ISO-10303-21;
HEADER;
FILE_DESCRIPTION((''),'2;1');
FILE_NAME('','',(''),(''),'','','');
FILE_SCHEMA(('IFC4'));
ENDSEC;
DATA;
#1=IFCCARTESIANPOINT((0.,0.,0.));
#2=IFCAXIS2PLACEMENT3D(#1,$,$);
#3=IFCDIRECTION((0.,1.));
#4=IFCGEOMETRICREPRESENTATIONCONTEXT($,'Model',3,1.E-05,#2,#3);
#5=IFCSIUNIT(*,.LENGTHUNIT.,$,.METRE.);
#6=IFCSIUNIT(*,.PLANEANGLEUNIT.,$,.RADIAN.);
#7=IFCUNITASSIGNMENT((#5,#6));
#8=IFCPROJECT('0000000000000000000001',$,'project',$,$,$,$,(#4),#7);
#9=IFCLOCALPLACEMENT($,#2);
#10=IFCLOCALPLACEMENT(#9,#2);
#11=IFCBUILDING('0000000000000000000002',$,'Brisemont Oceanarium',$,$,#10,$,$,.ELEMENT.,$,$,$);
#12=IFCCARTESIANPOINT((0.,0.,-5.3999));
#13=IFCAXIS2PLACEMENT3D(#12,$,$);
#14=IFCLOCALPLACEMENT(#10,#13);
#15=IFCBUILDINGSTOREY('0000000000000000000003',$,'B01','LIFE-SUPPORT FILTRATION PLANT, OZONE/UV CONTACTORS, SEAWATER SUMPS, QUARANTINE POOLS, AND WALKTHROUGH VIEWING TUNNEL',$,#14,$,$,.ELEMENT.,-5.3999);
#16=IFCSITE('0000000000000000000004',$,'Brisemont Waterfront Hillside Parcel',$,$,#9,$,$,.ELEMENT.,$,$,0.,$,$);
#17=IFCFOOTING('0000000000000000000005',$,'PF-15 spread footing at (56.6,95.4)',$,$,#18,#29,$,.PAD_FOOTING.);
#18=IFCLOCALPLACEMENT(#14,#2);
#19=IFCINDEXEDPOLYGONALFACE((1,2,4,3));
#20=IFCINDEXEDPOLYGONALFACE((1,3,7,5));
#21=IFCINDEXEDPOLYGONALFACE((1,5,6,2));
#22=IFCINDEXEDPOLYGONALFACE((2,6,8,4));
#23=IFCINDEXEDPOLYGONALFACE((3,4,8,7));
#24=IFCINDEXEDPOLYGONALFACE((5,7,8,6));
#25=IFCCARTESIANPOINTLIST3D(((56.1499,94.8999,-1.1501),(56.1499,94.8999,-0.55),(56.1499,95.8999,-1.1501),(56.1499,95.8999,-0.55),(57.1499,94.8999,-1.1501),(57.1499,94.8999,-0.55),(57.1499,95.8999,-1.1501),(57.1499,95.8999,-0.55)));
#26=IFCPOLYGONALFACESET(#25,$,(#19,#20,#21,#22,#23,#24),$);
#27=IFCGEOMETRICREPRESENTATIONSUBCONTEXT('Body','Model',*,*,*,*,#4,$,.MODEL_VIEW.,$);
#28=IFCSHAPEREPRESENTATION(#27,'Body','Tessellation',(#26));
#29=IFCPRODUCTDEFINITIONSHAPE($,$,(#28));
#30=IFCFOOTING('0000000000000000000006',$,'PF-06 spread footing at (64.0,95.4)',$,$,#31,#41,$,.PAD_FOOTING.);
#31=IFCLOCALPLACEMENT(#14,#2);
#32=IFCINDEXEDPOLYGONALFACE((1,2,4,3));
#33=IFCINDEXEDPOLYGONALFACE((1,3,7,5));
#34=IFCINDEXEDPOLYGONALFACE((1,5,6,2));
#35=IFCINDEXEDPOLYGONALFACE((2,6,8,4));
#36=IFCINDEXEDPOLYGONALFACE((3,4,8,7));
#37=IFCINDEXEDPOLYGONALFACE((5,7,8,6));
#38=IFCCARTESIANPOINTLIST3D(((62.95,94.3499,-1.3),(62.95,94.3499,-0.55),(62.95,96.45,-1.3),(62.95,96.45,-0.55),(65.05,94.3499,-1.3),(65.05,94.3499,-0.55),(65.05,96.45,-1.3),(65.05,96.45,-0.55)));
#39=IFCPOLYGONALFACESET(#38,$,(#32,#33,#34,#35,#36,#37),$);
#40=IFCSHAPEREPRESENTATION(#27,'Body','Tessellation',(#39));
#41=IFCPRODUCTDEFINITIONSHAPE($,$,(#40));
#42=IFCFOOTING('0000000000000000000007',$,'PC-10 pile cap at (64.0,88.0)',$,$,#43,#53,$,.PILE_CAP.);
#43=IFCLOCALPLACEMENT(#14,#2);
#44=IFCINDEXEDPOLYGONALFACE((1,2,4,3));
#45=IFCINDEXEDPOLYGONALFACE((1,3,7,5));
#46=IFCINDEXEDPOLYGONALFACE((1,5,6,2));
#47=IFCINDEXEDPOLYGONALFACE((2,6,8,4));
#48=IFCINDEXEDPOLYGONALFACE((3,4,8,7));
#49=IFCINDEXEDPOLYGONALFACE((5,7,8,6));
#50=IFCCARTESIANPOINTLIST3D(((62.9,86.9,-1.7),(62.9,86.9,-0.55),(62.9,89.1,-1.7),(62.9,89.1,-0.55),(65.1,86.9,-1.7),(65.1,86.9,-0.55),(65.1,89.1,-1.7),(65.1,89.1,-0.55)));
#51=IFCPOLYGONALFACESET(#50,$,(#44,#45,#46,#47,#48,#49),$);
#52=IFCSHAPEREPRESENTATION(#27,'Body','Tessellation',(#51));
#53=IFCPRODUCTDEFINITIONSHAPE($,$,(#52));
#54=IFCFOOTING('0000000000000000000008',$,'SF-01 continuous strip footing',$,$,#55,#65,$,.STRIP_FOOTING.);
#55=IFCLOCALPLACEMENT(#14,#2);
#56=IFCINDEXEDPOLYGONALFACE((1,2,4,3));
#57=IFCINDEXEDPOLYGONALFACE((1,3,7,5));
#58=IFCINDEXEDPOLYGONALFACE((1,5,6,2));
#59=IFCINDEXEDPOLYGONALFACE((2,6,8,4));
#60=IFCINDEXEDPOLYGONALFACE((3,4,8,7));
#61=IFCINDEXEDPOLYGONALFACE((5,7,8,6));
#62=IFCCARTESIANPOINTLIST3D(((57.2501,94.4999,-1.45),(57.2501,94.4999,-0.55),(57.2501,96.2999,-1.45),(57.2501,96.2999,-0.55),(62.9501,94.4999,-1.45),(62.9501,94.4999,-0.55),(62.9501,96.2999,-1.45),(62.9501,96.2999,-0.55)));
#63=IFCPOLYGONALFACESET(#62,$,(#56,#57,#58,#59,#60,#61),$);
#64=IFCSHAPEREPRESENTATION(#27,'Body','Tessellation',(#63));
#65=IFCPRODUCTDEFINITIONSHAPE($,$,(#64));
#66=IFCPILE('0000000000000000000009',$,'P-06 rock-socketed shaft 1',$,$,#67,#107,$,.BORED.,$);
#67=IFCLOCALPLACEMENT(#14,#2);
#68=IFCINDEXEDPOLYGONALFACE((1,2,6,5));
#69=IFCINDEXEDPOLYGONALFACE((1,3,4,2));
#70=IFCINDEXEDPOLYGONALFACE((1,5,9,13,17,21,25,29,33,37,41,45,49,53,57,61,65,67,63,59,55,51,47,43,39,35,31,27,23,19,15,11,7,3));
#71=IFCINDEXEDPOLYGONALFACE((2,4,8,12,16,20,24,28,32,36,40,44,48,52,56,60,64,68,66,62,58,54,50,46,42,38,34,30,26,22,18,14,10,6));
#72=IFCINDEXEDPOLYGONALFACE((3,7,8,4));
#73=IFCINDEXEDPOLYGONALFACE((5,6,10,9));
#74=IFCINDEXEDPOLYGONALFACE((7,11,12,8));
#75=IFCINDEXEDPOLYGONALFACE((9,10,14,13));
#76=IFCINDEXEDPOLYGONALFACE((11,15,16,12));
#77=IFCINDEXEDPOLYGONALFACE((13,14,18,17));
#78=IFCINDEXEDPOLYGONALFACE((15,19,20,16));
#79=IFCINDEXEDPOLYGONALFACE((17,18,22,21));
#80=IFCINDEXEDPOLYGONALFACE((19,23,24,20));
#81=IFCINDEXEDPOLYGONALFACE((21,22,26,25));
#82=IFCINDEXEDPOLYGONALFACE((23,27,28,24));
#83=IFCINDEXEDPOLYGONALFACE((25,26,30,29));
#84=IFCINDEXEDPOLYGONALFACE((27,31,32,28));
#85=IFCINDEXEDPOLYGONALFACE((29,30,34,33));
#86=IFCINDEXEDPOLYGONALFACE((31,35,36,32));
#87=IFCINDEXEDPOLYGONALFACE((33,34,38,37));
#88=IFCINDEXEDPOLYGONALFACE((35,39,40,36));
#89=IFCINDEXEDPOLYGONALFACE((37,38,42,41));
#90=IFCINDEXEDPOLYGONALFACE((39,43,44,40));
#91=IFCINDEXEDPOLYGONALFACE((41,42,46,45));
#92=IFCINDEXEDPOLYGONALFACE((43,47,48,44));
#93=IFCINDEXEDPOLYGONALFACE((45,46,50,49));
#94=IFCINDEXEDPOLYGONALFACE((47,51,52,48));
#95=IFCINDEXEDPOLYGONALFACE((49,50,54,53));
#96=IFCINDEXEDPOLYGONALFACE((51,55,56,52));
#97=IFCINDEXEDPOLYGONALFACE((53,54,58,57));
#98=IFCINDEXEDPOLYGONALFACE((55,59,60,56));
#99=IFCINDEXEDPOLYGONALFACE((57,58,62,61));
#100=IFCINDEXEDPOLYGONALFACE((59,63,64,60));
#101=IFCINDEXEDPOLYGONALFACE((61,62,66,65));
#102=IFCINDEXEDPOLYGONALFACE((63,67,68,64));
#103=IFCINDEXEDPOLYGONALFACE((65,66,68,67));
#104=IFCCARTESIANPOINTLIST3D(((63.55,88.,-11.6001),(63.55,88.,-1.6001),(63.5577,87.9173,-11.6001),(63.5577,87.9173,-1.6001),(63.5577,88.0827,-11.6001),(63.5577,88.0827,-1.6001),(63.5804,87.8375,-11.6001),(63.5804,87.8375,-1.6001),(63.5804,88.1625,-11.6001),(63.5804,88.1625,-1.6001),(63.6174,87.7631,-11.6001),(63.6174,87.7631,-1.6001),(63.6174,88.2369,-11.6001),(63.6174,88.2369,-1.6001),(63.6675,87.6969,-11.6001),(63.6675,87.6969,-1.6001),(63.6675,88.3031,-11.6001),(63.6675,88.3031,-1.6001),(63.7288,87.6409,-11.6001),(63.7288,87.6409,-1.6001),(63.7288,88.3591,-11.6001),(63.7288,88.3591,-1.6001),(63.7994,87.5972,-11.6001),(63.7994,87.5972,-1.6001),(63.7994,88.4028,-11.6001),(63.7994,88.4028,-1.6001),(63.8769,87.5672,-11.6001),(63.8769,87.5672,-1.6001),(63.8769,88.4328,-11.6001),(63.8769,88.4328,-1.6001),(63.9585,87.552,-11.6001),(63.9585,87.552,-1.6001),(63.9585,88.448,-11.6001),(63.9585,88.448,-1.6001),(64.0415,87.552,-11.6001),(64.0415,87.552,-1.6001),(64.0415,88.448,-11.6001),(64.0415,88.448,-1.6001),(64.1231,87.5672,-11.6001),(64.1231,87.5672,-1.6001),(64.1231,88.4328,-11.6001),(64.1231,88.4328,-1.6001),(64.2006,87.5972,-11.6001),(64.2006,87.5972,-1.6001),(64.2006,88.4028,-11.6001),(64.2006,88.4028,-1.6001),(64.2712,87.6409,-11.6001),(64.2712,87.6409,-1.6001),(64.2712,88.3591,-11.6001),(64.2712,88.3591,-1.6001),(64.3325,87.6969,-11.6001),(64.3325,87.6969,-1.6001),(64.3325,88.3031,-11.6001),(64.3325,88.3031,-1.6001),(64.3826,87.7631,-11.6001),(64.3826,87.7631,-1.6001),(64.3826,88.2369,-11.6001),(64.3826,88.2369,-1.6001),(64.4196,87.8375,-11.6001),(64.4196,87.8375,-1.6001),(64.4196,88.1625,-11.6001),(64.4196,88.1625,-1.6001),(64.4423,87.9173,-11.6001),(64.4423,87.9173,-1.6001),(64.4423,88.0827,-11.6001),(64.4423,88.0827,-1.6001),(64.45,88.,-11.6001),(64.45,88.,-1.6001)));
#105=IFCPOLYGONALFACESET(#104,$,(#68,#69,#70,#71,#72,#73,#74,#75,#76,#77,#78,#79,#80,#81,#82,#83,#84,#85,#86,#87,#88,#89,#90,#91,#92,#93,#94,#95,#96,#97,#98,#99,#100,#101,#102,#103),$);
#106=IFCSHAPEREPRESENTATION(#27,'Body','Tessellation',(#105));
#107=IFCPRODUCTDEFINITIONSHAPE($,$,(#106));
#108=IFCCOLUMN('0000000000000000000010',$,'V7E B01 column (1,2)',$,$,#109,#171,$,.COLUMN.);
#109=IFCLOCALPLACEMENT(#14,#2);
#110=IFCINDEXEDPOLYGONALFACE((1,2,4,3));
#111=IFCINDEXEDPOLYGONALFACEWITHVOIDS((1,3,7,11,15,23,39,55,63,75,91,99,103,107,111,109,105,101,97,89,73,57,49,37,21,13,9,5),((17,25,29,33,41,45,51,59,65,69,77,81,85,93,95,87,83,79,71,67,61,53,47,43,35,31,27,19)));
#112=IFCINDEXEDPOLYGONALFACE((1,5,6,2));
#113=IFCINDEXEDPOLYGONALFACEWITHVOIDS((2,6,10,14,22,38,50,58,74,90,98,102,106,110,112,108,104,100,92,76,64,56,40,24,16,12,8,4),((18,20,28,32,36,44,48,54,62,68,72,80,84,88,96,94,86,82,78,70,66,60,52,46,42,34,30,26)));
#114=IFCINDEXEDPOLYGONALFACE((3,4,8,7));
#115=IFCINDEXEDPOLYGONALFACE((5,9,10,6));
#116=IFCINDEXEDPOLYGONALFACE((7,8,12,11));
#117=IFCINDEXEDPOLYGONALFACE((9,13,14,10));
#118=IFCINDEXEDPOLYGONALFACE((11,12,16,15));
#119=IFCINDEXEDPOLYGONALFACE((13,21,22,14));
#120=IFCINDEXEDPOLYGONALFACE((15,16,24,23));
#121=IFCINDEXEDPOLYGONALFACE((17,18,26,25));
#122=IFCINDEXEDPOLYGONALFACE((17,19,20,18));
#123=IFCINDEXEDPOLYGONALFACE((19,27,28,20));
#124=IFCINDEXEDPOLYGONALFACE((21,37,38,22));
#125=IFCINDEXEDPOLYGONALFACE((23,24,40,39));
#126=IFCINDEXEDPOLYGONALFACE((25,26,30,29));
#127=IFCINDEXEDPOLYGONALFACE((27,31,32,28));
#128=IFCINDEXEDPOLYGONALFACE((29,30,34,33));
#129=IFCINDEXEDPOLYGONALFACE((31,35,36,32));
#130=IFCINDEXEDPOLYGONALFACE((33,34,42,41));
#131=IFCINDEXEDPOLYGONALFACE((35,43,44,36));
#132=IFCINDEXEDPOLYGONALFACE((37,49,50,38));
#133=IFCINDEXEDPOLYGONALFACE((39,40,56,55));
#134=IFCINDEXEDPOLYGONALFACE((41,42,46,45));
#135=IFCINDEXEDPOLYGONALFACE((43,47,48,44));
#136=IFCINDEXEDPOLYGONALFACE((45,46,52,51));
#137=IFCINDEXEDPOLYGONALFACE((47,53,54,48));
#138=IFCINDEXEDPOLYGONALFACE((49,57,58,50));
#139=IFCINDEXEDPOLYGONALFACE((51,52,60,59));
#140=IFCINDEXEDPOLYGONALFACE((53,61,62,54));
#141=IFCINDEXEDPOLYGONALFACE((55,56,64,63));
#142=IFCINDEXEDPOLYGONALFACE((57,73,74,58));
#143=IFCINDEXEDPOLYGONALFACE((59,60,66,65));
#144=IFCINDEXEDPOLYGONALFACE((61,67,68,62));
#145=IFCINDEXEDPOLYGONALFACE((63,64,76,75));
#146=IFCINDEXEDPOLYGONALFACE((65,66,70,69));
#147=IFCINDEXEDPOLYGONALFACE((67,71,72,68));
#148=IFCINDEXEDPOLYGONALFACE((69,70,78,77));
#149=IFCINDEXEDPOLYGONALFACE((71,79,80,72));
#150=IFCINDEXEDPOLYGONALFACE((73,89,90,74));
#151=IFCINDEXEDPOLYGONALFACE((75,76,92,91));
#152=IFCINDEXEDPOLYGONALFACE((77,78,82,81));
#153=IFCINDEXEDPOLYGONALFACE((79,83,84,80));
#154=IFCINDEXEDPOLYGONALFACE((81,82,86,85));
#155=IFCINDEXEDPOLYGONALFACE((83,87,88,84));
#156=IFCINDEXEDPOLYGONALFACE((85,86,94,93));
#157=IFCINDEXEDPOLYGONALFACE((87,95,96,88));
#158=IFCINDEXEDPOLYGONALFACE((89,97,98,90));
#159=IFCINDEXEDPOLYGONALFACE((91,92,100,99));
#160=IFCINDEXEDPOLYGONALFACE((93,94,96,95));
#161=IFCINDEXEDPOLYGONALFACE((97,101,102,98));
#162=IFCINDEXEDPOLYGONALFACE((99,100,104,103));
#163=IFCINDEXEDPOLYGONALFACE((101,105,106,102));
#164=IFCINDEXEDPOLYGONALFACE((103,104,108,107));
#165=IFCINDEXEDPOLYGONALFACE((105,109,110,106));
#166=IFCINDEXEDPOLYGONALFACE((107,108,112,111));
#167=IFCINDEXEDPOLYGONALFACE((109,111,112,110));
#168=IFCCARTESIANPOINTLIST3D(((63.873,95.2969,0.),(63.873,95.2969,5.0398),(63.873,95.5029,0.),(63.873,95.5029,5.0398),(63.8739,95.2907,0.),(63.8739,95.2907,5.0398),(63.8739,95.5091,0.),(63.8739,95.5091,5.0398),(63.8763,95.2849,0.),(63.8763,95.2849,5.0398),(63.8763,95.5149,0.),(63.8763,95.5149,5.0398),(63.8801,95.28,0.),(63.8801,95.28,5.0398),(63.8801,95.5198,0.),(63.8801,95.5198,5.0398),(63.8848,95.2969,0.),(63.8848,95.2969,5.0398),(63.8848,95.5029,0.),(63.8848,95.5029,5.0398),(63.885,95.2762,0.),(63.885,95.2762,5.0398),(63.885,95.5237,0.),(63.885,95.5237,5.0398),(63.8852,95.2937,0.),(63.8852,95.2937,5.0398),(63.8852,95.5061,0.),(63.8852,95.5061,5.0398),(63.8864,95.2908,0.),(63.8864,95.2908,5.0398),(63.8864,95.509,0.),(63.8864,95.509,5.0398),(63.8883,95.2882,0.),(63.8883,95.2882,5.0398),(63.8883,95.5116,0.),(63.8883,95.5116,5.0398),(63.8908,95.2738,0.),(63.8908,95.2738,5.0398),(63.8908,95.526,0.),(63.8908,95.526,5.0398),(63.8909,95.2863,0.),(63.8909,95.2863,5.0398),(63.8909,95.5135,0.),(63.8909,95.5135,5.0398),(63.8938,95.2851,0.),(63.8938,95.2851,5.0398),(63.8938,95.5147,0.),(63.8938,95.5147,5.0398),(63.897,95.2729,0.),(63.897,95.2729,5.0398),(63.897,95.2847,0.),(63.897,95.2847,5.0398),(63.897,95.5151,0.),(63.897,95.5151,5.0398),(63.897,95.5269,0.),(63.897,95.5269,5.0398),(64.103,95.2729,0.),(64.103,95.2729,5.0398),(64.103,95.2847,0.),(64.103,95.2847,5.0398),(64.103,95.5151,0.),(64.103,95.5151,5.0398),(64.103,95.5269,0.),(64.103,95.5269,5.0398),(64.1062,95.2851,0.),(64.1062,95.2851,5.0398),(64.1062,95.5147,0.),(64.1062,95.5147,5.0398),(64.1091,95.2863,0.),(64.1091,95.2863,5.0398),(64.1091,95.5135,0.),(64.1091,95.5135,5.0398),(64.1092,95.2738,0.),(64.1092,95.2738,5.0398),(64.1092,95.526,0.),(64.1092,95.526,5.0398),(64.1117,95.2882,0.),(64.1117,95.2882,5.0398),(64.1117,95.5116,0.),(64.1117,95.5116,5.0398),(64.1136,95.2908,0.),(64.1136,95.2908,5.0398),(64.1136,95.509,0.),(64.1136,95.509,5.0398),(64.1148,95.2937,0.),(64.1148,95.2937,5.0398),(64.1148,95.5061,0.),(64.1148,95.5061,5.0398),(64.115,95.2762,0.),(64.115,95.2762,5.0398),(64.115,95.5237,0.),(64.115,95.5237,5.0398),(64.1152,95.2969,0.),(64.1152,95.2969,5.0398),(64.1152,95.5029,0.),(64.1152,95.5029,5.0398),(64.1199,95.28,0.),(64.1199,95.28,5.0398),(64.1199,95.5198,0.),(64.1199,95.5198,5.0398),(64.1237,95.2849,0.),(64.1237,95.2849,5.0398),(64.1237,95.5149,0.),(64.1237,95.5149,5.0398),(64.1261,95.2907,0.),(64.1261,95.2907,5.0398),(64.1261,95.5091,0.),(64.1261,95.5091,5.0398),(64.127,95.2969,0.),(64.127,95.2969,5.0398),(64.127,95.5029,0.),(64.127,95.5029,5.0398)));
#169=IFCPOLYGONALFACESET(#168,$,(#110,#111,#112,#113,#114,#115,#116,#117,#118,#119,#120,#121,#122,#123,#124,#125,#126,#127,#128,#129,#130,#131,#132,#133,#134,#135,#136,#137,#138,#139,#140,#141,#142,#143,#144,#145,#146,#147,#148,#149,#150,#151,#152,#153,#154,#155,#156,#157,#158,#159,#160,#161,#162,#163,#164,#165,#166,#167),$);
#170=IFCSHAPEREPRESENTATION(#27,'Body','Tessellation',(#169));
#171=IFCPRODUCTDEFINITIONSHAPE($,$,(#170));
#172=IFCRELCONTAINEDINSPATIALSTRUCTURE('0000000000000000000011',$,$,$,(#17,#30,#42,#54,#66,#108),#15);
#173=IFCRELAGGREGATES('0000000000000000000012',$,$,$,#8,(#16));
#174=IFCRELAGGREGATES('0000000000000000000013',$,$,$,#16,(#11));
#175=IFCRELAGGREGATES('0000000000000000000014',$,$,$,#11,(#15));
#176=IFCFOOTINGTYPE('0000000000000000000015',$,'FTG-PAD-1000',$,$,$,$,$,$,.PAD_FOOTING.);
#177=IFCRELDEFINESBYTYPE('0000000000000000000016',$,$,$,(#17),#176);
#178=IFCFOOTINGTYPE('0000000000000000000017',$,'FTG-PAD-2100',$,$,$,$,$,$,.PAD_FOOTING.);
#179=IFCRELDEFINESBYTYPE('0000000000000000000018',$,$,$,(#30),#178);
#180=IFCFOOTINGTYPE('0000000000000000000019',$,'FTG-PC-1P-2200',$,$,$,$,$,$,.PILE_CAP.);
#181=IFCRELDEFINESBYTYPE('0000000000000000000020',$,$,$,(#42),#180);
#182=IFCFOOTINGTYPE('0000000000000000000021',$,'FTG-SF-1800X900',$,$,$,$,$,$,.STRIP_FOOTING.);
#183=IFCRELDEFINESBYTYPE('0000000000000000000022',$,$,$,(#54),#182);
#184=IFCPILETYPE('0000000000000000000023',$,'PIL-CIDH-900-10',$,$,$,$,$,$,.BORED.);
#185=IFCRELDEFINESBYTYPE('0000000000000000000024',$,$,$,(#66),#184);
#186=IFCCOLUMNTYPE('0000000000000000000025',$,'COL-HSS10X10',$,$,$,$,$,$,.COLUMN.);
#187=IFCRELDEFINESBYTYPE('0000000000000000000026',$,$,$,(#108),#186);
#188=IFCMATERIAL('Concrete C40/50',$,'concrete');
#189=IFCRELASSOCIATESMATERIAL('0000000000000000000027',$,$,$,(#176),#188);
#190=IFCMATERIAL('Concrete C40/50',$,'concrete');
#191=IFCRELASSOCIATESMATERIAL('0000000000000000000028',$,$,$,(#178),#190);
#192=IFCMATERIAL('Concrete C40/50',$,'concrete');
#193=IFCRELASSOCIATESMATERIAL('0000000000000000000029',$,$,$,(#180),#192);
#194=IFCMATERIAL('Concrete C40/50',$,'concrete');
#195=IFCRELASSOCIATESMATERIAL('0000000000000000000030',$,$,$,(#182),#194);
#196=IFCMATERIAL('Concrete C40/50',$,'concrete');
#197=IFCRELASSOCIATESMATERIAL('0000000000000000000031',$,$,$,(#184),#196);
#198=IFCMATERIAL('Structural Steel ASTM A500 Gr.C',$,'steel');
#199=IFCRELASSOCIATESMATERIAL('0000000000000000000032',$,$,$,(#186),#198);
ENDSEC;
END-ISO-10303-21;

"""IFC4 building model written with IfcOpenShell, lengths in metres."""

from ifc_helpers import new_model, si_unit, direction, frame, origin, origin_2d, place, context, subcontext, project, spatial, rectangle, hollow_rectangle, circle, extrude, material, material_profile, profile_set, type_object, element, save


model = new_model("IFC4")

# Units and contexts
model_context = context("Model", 3, precision=1e-05, world=origin(), true_north=direction((0.0, 1.0)))
body_context = subcontext(model_context, "Body", "Model", "MODEL_VIEW")
ifc_project = project(units=[si_unit("LENGTHUNIT", "METRE"), si_unit("PLANEANGLEUNIT", "RADIAN")], contexts=[model_context])

# Site, building, storey
site_placement = place(None, origin())
site = spatial("IfcSite", under=ifc_project, at=site_placement, Name="Brisemont Waterfront Hillside Parcel", CompositionType="ELEMENT", RefElevation=0.0)
building_placement = place(site_placement, origin())
building = spatial("IfcBuilding", under=site, at=building_placement, Name="Brisemont Oceanarium", CompositionType="ELEMENT")
storey_placement = place(building_placement, frame((0.0, 0.0, -5.3999)))
storey = spatial("IfcBuildingStorey", under=building, at=storey_placement, Name="B01", Description="LIFE-SUPPORT FILTRATION PLANT, OZONE/UV CONTACTORS, SEAWATER SUMPS, QUARANTINE POOLS, AND WALKTHROUGH VIEWING TUNNEL", CompositionType="ELEMENT", Elevation=-5.3999)

# Footings
ifc_material_1 = material(Name="Concrete C40/50", Category="concrete")
footing_type_1 = type_object("IfcFootingType", Name="FTG-PAD-1000", PredefinedType="PAD_FOOTING", material=ifc_material_1)
footing_1_placement = place(storey_placement, frame((56.6499, 95.3999, -1.1501), z_axis=(0.0, 0.0, 1.0), x_axis=(1.0, 0.0, 0.0)))
element("IfcFooting", 1, at=footing_1_placement, inside=storey, type_object=footing_type_1, Name="PF-15 spread footing at (56.6,95.4)", PredefinedType="PAD_FOOTING", context=body_context, shape_type="SweptSolid", body=[
    extrude(rectangle(XDim=1.0, YDim=1.0, at=origin_2d()), origin(), (0.0, 0.0, 1.0), 0.6001),
])
ifc_material_2 = material(Name="Concrete C40/50", Category="concrete")
footing_type_2 = type_object("IfcFootingType", Name="FTG-PAD-2100", PredefinedType="PAD_FOOTING", material=ifc_material_2)
footing_2_placement = place(storey_placement, frame((64.0, 95.3999, -1.3), z_axis=(0.0, 0.0, 1.0), x_axis=(1.0, 0.0, 0.0)))
element("IfcFooting", 2, at=footing_2_placement, inside=storey, type_object=footing_type_2, Name="PF-06 spread footing at (64.0,95.4)", PredefinedType="PAD_FOOTING", context=body_context, shape_type="SweptSolid", body=[
    extrude(rectangle(XDim=2.1001, YDim=2.1001, at=origin_2d()), origin(), (0.0, 0.0, 1.0), 0.75),
])
ifc_material_3 = material(Name="Concrete C40/50", Category="concrete")
footing_type_3 = type_object("IfcFootingType", Name="FTG-PC-1P-2200", PredefinedType="PILE_CAP", material=ifc_material_3)
footing_3_placement = place(storey_placement, frame((64.0, 88.0, -1.7), z_axis=(0.0, 0.0, 1.0), x_axis=(1.0, 0.0, 0.0)))
element("IfcFooting", 3, at=footing_3_placement, inside=storey, type_object=footing_type_3, Name="PC-10 pile cap at (64.0,88.0)", PredefinedType="PILE_CAP", context=body_context, shape_type="SweptSolid", body=[
    extrude(rectangle(XDim=2.2, YDim=2.2, at=origin_2d()), origin(), (0.0, 0.0, 1.0), 1.1499),
])
ifc_material_4 = material(Name="Concrete C40/50", Category="concrete")
footing_type_4 = type_object("IfcFootingType", Name="FTG-SF-1800X900", PredefinedType="STRIP_FOOTING", material=ifc_material_4)
footing_4_placement = place(storey_placement, frame((60.1001, 95.3999, -1.45), z_axis=(0.0, 0.0, 1.0), x_axis=(1.0, 0.0, 0.0)))
element("IfcFooting", 4, at=footing_4_placement, inside=storey, type_object=footing_type_4, Name="SF-01 continuous strip footing", PredefinedType="STRIP_FOOTING", context=body_context, shape_type="SweptSolid", body=[
    extrude(rectangle(XDim=5.7, YDim=1.8, at=origin_2d()), origin(), (0.0, 0.0, 1.0), 0.8999),
])

# Pile
ifc_material_5 = material(Name="Concrete C40/50", Category="concrete")
ifc_material_profile_1 = material_profile(ifc_material_5, circle(Radius=0.45, at=origin_2d()), Name="CIDH-D900")
ifc_profile_set_1 = profile_set([ifc_material_profile_1], Name="Concrete C40/50")
pile_type = type_object("IfcPileType", Name="PIL-CIDH-900-10", PredefinedType="BORED", material=ifc_profile_set_1)
pile_placement = place(storey_placement, frame((64.0, 88.0, -1.6001), z_axis=(0.0, 0.0, -1.0), x_axis=(1.0, 0.0, 0.0)))
element("IfcPile", 5, at=pile_placement, inside=storey, type_object=pile_type, Name="P-06 rock-socketed shaft 1", PredefinedType="BORED", context=body_context, shape_type="SweptSolid", body=[
    extrude(circle(Radius=0.45, at=origin_2d()), origin(), (0.0, 0.0, 1.0), 10.0),
])

# Column
ifc_material_6 = material(Name="Structural Steel ASTM A500 Gr.C", Category="steel")
ifc_material_profile_2 = material_profile(ifc_material_6, hollow_rectangle(XDim=0.2539, YDim=0.2539, WallThickness=0.0117, InnerFilletRadius=0.0122, OuterFilletRadius=0.0239, at=origin_2d()), Name="HSS10X10X1/2")
ifc_profile_set_2 = profile_set([ifc_material_profile_2], Name="Structural Steel ASTM A500 Gr.C")
column_type_1 = type_object("IfcColumnType", Name="COL-HSS10X10", PredefinedType="COLUMN", material=ifc_profile_set_2)
column_1_placement = place(storey_placement, frame((64.0, 95.3999, 0.0), z_axis=(0.0, 0.0, 1.0), x_axis=(0.0, 1.0, 0.0)))
element("IfcColumn", 6, at=column_1_placement, inside=storey, type_object=column_type_1, Name="V7E B01 column (1,2)", PredefinedType="COLUMN", context=body_context, shape_type="SweptSolid", body=[
    extrude(hollow_rectangle(XDim=0.2539, YDim=0.2539, WallThickness=0.0117, InnerFilletRadius=0.0122, OuterFilletRadius=0.0239, at=origin_2d()), origin(), (0.0, 0.0, 1.0), 5.0398),
])

save(model, "model.ifc")
